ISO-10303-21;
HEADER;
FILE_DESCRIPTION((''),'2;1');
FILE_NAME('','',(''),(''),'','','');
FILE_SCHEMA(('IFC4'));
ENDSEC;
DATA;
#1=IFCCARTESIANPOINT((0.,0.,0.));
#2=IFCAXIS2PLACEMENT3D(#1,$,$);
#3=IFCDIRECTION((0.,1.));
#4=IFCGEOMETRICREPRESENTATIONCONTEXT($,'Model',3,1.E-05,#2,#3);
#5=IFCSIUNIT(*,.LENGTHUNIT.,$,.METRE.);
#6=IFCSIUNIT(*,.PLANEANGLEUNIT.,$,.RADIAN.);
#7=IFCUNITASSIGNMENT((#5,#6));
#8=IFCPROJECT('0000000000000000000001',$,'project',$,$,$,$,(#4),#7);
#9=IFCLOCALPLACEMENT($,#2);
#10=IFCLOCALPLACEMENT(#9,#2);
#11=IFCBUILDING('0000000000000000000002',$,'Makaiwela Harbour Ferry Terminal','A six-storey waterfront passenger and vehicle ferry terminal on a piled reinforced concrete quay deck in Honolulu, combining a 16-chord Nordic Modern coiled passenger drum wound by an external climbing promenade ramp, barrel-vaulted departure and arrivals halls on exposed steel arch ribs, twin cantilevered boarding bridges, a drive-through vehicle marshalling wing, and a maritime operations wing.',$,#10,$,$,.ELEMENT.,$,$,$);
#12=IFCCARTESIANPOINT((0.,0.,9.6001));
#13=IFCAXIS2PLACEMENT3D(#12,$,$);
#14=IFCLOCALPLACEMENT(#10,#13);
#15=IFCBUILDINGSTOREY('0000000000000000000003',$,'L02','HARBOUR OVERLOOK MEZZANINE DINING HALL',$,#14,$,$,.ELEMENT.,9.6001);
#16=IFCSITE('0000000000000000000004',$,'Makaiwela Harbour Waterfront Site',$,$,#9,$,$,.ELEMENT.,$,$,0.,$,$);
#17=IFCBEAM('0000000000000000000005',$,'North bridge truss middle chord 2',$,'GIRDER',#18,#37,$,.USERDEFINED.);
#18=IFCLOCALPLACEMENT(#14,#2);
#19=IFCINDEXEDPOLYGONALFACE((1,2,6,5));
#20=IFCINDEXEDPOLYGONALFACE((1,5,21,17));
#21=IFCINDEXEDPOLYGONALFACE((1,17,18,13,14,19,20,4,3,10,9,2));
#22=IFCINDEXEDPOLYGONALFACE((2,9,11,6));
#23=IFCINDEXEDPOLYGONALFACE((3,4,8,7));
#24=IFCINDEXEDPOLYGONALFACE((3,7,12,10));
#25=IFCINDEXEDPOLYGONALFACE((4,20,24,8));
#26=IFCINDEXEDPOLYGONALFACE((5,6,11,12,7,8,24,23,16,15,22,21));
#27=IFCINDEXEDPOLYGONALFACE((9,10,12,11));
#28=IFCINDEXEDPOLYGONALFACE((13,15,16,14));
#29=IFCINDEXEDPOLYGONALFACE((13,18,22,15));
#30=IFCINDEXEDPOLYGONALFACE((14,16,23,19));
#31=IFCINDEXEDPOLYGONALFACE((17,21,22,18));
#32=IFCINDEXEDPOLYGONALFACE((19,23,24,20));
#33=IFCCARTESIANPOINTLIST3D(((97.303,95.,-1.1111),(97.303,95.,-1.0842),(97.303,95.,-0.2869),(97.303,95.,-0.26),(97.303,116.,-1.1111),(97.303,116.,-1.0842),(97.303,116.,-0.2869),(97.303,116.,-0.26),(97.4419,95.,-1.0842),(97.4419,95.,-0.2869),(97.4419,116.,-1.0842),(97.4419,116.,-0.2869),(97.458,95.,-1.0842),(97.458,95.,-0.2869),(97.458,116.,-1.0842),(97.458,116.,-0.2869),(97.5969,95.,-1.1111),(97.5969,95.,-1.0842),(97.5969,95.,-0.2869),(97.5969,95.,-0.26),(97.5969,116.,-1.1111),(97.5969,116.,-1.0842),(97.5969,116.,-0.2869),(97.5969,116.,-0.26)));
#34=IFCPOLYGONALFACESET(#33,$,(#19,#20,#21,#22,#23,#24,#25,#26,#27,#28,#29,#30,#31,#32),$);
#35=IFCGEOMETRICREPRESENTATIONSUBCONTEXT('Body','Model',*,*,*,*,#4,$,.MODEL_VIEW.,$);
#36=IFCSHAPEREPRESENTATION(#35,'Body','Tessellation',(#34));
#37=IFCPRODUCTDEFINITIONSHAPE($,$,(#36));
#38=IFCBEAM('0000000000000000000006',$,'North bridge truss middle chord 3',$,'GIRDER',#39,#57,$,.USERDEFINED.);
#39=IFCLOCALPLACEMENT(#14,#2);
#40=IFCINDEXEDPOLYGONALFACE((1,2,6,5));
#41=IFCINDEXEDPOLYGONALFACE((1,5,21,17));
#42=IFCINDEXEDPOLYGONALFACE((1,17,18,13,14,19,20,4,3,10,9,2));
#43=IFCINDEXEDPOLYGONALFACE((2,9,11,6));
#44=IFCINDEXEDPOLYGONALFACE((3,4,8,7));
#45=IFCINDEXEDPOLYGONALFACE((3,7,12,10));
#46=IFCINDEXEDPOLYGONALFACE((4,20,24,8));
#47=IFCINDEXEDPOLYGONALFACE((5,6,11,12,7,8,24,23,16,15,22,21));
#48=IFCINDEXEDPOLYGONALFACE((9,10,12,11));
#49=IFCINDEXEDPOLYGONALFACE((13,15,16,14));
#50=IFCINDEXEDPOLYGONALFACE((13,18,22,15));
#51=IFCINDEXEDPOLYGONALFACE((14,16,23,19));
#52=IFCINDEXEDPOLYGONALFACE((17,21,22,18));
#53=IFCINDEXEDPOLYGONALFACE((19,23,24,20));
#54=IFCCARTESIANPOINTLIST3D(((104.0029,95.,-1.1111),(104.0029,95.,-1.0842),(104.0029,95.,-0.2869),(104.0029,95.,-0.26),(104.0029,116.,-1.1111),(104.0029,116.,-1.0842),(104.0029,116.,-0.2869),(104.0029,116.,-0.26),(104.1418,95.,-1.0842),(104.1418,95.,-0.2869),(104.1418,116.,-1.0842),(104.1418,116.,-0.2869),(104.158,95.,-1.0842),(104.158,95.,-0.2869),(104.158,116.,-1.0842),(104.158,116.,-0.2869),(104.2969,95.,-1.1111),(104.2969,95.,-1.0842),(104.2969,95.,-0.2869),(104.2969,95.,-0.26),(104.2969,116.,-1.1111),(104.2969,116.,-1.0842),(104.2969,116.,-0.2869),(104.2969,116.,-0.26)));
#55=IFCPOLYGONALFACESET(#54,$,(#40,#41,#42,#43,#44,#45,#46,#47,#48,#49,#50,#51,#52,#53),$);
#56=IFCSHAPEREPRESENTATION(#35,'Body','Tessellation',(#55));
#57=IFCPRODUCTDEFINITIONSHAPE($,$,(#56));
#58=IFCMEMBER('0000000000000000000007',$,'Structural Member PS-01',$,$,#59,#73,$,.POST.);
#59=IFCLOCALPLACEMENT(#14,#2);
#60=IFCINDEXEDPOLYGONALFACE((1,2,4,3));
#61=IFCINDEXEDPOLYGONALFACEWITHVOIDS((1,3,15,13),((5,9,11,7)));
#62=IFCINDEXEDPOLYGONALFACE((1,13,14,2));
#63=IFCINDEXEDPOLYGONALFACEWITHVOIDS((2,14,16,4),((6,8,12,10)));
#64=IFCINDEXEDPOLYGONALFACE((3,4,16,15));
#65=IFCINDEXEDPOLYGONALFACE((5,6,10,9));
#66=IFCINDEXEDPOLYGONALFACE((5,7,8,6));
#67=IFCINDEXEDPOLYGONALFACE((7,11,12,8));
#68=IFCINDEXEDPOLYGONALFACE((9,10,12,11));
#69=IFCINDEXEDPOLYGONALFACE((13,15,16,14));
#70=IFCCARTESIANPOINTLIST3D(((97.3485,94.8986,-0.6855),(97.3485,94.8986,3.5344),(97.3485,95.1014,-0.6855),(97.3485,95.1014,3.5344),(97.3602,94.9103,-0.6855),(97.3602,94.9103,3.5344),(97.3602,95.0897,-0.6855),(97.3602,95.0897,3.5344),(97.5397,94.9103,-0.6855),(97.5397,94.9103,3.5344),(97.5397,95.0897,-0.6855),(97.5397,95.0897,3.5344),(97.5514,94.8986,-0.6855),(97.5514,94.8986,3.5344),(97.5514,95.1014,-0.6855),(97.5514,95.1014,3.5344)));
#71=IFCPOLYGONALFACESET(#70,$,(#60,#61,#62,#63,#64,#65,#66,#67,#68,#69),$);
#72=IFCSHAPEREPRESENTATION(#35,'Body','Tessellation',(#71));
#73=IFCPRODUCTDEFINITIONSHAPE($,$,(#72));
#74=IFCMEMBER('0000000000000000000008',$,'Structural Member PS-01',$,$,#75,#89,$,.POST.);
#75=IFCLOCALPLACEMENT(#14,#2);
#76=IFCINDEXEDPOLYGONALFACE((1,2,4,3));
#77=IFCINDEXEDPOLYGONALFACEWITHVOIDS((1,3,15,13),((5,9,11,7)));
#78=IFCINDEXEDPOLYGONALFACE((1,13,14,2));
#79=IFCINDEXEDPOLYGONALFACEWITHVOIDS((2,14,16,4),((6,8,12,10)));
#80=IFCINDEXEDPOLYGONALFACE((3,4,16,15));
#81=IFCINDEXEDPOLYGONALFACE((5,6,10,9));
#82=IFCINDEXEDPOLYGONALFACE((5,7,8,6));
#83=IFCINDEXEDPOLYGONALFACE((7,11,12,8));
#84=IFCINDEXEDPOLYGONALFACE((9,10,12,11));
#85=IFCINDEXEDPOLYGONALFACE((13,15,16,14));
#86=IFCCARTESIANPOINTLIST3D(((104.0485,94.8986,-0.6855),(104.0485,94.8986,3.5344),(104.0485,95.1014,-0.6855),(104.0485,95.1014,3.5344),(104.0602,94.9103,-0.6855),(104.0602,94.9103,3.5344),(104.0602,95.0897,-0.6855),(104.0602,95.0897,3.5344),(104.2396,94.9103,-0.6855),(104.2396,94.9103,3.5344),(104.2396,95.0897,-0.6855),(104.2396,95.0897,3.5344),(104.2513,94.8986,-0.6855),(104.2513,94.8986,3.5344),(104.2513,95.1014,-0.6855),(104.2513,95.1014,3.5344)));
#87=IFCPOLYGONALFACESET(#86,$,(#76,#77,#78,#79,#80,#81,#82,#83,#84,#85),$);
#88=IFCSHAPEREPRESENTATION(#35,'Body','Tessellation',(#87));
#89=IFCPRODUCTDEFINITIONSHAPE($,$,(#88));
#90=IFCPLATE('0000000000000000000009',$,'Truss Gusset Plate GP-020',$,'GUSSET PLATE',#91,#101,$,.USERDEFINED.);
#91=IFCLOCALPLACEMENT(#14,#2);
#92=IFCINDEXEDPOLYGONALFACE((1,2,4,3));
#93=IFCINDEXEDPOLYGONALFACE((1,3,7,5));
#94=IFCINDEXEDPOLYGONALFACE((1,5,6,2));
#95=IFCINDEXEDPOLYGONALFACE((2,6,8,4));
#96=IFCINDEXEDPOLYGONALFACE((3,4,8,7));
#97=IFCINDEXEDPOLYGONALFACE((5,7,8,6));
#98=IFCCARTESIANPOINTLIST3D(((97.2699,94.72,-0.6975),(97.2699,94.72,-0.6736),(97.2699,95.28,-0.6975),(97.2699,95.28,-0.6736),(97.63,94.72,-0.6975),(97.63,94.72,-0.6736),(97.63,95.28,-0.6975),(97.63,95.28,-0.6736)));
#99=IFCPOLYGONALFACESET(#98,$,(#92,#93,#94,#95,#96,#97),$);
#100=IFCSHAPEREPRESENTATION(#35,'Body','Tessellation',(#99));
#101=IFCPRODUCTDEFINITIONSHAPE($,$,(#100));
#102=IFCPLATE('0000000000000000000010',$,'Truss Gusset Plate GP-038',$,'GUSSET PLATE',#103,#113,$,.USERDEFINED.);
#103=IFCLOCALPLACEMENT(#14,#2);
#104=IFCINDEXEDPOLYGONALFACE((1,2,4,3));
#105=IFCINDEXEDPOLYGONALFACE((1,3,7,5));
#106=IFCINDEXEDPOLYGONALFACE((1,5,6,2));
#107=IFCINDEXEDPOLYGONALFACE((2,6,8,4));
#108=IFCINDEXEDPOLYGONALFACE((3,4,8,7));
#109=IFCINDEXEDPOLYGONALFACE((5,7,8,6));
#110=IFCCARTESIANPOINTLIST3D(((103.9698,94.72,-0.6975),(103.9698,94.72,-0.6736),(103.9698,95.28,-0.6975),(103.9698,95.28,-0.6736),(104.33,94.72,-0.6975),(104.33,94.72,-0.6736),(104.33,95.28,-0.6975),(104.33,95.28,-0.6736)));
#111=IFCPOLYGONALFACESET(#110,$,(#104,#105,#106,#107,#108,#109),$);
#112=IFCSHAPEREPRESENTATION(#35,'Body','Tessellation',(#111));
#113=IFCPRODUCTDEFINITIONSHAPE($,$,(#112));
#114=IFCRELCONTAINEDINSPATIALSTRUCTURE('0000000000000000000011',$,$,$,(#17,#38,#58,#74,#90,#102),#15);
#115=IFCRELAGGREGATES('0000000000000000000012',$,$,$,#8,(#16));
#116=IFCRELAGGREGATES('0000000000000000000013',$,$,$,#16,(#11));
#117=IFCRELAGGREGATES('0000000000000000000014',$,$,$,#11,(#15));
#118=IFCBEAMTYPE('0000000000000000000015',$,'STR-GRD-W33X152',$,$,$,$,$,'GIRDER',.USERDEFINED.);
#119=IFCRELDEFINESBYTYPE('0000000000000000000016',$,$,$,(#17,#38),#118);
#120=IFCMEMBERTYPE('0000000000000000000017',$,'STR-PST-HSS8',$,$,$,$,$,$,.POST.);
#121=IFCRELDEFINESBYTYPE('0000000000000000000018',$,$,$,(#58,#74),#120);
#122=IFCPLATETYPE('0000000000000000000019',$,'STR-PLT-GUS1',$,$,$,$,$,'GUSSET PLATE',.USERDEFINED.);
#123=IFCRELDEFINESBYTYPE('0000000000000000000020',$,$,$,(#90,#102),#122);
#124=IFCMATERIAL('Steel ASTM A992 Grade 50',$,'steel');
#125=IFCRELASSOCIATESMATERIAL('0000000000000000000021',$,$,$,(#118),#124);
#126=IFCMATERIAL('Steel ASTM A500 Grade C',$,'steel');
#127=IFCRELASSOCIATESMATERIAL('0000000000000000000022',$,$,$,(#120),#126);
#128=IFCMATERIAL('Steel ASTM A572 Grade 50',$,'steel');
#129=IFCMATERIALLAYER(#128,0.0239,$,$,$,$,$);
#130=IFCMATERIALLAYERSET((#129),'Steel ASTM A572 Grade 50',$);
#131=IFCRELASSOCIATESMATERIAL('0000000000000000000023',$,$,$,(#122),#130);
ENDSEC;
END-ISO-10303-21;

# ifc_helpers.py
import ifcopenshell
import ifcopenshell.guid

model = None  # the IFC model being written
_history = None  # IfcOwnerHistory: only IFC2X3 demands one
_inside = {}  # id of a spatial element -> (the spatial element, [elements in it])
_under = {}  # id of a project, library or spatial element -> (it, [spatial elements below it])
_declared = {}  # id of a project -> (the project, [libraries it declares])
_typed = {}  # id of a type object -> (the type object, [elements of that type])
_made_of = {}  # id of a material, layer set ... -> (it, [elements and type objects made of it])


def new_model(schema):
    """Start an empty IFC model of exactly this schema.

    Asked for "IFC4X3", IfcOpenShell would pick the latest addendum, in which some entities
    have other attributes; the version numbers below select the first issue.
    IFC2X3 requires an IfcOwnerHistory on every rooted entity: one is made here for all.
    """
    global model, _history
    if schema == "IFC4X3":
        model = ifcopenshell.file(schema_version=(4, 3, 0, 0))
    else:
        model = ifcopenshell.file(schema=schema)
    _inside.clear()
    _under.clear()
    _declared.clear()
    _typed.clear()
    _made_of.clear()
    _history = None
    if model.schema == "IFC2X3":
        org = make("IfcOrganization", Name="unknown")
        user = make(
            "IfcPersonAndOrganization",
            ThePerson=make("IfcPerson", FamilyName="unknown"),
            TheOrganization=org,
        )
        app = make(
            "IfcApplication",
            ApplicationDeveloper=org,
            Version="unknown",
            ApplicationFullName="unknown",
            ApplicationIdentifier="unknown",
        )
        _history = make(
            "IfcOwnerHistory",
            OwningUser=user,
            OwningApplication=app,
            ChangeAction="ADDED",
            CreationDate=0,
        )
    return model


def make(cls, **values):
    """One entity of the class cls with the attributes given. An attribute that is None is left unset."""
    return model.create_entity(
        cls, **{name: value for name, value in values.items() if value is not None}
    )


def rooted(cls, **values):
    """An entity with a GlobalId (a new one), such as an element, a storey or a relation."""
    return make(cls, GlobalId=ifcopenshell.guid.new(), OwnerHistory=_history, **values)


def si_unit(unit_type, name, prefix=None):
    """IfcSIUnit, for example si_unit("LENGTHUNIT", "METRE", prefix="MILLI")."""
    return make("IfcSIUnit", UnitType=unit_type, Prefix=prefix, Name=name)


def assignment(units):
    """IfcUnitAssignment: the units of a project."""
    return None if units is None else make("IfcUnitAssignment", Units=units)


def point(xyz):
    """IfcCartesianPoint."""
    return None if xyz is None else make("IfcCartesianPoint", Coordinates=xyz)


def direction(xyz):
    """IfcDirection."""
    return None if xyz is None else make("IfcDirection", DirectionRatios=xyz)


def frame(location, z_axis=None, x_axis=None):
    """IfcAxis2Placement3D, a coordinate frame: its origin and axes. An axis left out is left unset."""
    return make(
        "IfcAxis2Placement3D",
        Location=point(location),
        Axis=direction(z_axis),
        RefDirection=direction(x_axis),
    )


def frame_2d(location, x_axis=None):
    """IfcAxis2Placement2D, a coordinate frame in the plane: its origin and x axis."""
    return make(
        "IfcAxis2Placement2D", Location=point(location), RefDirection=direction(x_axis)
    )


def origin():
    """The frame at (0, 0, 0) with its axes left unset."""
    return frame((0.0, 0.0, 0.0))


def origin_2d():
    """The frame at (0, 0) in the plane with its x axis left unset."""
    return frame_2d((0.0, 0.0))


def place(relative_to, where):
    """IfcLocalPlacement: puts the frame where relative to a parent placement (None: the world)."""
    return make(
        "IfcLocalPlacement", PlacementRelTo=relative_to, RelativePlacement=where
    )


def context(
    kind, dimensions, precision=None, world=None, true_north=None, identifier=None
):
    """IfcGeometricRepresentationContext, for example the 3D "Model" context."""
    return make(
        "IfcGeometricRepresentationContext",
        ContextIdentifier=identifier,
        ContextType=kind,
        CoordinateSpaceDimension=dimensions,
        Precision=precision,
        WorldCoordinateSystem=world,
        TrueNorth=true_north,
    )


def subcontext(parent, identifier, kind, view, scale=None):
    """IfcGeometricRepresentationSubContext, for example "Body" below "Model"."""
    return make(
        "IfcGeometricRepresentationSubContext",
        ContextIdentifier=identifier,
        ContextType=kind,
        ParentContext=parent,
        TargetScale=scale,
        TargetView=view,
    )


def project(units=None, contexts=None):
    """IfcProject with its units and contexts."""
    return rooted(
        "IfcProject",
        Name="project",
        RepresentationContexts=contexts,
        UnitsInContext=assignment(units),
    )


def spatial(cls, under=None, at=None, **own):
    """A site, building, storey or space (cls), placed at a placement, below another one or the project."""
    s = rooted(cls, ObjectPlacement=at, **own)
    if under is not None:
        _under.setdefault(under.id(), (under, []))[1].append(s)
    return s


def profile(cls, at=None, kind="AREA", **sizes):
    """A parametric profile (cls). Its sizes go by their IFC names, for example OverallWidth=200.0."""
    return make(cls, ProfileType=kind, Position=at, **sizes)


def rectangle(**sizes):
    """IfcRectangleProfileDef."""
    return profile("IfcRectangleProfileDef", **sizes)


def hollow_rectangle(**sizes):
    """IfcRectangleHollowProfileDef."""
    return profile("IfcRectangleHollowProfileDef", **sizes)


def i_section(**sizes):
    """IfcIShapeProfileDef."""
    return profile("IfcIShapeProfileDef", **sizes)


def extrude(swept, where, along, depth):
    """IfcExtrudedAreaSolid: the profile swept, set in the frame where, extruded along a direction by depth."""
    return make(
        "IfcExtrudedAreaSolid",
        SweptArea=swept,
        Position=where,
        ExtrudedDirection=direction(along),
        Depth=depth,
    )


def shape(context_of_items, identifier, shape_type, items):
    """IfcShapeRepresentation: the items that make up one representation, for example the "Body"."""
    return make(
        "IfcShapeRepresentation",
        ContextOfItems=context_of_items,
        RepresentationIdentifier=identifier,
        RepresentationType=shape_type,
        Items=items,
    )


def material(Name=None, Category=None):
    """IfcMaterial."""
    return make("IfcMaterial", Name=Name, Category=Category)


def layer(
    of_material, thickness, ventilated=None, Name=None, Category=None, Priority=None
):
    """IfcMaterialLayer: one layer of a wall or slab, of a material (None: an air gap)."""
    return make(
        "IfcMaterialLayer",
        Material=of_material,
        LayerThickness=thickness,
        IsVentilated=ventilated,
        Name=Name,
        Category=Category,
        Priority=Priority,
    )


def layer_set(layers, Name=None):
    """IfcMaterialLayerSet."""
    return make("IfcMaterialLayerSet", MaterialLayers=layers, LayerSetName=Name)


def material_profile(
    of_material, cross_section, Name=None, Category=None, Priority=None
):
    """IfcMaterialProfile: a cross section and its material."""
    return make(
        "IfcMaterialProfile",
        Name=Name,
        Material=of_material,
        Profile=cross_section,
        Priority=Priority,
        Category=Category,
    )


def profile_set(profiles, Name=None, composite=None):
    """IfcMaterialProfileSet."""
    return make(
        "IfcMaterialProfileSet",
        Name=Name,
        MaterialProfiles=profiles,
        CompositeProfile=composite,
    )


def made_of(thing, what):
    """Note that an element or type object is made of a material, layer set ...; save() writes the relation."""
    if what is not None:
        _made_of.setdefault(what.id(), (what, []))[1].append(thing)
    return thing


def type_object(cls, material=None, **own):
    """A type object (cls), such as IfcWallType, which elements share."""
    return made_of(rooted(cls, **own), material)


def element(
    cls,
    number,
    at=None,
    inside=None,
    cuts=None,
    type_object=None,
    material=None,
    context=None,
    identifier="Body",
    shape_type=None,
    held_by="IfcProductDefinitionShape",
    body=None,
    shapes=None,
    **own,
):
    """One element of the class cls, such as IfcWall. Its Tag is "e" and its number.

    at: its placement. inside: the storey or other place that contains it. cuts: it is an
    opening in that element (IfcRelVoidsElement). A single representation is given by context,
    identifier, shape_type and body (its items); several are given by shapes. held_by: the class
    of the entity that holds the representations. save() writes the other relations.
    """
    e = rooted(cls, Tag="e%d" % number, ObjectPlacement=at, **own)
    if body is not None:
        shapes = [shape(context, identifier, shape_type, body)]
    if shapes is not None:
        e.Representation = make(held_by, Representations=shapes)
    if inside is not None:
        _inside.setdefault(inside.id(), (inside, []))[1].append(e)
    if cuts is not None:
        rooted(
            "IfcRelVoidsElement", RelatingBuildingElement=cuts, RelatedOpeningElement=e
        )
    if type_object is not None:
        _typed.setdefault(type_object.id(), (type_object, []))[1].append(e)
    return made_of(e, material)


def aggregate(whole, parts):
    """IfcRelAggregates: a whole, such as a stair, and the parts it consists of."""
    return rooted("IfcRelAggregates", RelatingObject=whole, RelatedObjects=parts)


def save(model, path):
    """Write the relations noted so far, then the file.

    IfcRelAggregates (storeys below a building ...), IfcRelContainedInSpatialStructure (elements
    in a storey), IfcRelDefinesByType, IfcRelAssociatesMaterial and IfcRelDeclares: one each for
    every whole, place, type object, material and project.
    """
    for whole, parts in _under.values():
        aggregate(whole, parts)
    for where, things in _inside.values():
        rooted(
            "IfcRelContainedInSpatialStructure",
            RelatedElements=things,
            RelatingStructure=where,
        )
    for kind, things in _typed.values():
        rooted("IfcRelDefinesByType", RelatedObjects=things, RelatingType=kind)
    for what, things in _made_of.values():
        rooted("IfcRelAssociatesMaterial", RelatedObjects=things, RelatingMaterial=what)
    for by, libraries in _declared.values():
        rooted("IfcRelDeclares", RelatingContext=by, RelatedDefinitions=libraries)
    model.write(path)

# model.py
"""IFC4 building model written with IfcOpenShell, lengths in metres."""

from ifc_helpers import new_model, si_unit, direction, frame, origin, origin_2d, place, context, subcontext, project, spatial, rectangle, hollow_rectangle, i_section, extrude, material, layer, layer_set, material_profile, profile_set, type_object, element, save


model = new_model("IFC4")

# Units and contexts
model_context = context("Model", 3, precision=1e-05, world=origin(), true_north=direction((0.0, 1.0)))
body_context = subcontext(model_context, "Body", "Model", "MODEL_VIEW")
ifc_project = project(units=[si_unit("LENGTHUNIT", "METRE"), si_unit("PLANEANGLEUNIT", "RADIAN")], contexts=[model_context])

# Site, building, storey
site_placement = place(None, origin())
site = spatial("IfcSite", under=ifc_project, at=site_placement, Name="Makaiwela Harbour Waterfront Site", CompositionType="ELEMENT", RefElevation=0.0)
building_placement = place(site_placement, origin())
building = spatial("IfcBuilding", under=site, at=building_placement, Name="Makaiwela Harbour Ferry Terminal", Description="A six-storey waterfront passenger and vehicle ferry terminal on a piled reinforced concrete quay deck in Honolulu, combining a 16-chord Nordic Modern coiled passenger drum wound by an external climbing promenade ramp, barrel-vaulted departure and arrivals halls on exposed steel arch ribs, twin cantilevered boarding bridges, a drive-through vehicle marshalling wing, and a maritime operations wing.", CompositionType="ELEMENT")
storey_placement = place(building_placement, frame((0.0, 0.0, 9.6001)))
storey = spatial("IfcBuildingStorey", under=building, at=storey_placement, Name="L02", Description="HARBOUR OVERLOOK MEZZANINE DINING HALL", CompositionType="ELEMENT", Elevation=9.6001)

# Shared definitions
ifc_material_1 = material(Name="Steel ASTM A992 Grade 50", Category="steel")

# Shared definitions
ifc_material_2 = material(Name="Steel ASTM A500 Grade C", Category="steel")

# Beams
ifc_material_profile_1 = material_profile(ifc_material_1, i_section(OverallWidth=0.2939, OverallDepth=0.8511, WebThickness=0.0161, FlangeThickness=0.0269, at=origin_2d()), Name="W33X152")
ifc_profile_set_1 = profile_set([ifc_material_profile_1], Name="Steel ASTM A992 Grade 50")
beam_type_1 = type_object("IfcBeamType", Name="STR-GRD-W33X152", ElementType="GIRDER", PredefinedType="USERDEFINED", material=ifc_profile_set_1)
for number, where, z_axis, x_axis, name in (
    (1, (97.45, 95.0, -0.6855), (0.0, 1.0, 0.0), (-1.0, 0.0, 0.0), "North bridge truss middle chord 2"),
    (2, (104.1499, 95.0, -0.6855), (0.0, 1.0, 0.0), (-1.0, 0.0, 0.0), "North bridge truss middle chord 3"),
):
    element("IfcBeam", number, at=place(storey_placement, frame(where, z_axis=z_axis, x_axis=x_axis)), inside=storey, type_object=beam_type_1, Name=name, ObjectType="GIRDER", PredefinedType="USERDEFINED", context=body_context, shape_type="SweptSolid", body=[
        extrude(i_section(OverallWidth=0.2939, OverallDepth=0.8511, WebThickness=0.0161, FlangeThickness=0.0269, at=origin_2d()), origin(), (0.0, 0.0, 1.0), 21.0),
    ])

# Members
ifc_material_profile_2 = material_profile(ifc_material_2, hollow_rectangle(XDim=0.2029, YDim=0.2029, WallThickness=0.0117, at=origin_2d()), Name="HSS8X8X1/2")
ifc_profile_set_2 = profile_set([ifc_material_profile_2], Name="Steel ASTM A500 Grade C")
member_type_1 = type_object("IfcMemberType", Name="STR-PST-HSS8", PredefinedType="POST", material=ifc_profile_set_2)
for number, where, z_axis, x_axis, name in (
    (3, (97.45, 95.0, -0.6855), (0.0, 0.0, 1.0), (1.0, 0.0, 0.0), "Structural Member PS-01"),
    (4, (104.1499, 95.0, -0.6855), (0.0, 0.0, 1.0), (1.0, 0.0, 0.0), "Structural Member PS-01"),
):
    element("IfcMember", number, at=place(storey_placement, frame(where, z_axis=z_axis, x_axis=x_axis)), inside=storey, type_object=member_type_1, Name=name, PredefinedType="POST", context=body_context, shape_type="SweptSolid", body=[
        extrude(hollow_rectangle(XDim=0.2029, YDim=0.2029, WallThickness=0.0117, at=origin_2d()), origin(), (0.0, 0.0, 1.0), 4.22),
    ])

# Plates
ifc_material_3 = material(Name="Steel ASTM A572 Grade 50", Category="steel")
ifc_layer = layer(ifc_material_3, 0.0239)
ifc_layer_set = layer_set([ifc_layer], Name="Steel ASTM A572 Grade 50")
plate_type = type_object("IfcPlateType", Name="STR-PLT-GUS1", ElementType="GUSSET PLATE", PredefinedType="USERDEFINED", material=ifc_layer_set)
for number, where, z_axis, x_axis, name in (
    (5, (97.45, 95.0, -0.6975), (0.0, 0.0, 1.0), (0.0, 1.0, 0.0), "Truss Gusset Plate GP-020"),
    (6, (104.1499, 95.0, -0.6975), (0.0, 0.0, 1.0), (0.0, 1.0, 0.0), "Truss Gusset Plate GP-038"),
):
    element("IfcPlate", number, at=place(storey_placement, frame(where, z_axis=z_axis, x_axis=x_axis)), inside=storey, type_object=plate_type, Name=name, ObjectType="GUSSET PLATE", PredefinedType="USERDEFINED", context=body_context, shape_type="SweptSolid", body=[
        extrude(rectangle(XDim=0.5601, YDim=0.3601, at=origin_2d()), origin(), (0.0, 0.0, 1.0), 0.0239),
    ])

save(model, "model.ifc")
